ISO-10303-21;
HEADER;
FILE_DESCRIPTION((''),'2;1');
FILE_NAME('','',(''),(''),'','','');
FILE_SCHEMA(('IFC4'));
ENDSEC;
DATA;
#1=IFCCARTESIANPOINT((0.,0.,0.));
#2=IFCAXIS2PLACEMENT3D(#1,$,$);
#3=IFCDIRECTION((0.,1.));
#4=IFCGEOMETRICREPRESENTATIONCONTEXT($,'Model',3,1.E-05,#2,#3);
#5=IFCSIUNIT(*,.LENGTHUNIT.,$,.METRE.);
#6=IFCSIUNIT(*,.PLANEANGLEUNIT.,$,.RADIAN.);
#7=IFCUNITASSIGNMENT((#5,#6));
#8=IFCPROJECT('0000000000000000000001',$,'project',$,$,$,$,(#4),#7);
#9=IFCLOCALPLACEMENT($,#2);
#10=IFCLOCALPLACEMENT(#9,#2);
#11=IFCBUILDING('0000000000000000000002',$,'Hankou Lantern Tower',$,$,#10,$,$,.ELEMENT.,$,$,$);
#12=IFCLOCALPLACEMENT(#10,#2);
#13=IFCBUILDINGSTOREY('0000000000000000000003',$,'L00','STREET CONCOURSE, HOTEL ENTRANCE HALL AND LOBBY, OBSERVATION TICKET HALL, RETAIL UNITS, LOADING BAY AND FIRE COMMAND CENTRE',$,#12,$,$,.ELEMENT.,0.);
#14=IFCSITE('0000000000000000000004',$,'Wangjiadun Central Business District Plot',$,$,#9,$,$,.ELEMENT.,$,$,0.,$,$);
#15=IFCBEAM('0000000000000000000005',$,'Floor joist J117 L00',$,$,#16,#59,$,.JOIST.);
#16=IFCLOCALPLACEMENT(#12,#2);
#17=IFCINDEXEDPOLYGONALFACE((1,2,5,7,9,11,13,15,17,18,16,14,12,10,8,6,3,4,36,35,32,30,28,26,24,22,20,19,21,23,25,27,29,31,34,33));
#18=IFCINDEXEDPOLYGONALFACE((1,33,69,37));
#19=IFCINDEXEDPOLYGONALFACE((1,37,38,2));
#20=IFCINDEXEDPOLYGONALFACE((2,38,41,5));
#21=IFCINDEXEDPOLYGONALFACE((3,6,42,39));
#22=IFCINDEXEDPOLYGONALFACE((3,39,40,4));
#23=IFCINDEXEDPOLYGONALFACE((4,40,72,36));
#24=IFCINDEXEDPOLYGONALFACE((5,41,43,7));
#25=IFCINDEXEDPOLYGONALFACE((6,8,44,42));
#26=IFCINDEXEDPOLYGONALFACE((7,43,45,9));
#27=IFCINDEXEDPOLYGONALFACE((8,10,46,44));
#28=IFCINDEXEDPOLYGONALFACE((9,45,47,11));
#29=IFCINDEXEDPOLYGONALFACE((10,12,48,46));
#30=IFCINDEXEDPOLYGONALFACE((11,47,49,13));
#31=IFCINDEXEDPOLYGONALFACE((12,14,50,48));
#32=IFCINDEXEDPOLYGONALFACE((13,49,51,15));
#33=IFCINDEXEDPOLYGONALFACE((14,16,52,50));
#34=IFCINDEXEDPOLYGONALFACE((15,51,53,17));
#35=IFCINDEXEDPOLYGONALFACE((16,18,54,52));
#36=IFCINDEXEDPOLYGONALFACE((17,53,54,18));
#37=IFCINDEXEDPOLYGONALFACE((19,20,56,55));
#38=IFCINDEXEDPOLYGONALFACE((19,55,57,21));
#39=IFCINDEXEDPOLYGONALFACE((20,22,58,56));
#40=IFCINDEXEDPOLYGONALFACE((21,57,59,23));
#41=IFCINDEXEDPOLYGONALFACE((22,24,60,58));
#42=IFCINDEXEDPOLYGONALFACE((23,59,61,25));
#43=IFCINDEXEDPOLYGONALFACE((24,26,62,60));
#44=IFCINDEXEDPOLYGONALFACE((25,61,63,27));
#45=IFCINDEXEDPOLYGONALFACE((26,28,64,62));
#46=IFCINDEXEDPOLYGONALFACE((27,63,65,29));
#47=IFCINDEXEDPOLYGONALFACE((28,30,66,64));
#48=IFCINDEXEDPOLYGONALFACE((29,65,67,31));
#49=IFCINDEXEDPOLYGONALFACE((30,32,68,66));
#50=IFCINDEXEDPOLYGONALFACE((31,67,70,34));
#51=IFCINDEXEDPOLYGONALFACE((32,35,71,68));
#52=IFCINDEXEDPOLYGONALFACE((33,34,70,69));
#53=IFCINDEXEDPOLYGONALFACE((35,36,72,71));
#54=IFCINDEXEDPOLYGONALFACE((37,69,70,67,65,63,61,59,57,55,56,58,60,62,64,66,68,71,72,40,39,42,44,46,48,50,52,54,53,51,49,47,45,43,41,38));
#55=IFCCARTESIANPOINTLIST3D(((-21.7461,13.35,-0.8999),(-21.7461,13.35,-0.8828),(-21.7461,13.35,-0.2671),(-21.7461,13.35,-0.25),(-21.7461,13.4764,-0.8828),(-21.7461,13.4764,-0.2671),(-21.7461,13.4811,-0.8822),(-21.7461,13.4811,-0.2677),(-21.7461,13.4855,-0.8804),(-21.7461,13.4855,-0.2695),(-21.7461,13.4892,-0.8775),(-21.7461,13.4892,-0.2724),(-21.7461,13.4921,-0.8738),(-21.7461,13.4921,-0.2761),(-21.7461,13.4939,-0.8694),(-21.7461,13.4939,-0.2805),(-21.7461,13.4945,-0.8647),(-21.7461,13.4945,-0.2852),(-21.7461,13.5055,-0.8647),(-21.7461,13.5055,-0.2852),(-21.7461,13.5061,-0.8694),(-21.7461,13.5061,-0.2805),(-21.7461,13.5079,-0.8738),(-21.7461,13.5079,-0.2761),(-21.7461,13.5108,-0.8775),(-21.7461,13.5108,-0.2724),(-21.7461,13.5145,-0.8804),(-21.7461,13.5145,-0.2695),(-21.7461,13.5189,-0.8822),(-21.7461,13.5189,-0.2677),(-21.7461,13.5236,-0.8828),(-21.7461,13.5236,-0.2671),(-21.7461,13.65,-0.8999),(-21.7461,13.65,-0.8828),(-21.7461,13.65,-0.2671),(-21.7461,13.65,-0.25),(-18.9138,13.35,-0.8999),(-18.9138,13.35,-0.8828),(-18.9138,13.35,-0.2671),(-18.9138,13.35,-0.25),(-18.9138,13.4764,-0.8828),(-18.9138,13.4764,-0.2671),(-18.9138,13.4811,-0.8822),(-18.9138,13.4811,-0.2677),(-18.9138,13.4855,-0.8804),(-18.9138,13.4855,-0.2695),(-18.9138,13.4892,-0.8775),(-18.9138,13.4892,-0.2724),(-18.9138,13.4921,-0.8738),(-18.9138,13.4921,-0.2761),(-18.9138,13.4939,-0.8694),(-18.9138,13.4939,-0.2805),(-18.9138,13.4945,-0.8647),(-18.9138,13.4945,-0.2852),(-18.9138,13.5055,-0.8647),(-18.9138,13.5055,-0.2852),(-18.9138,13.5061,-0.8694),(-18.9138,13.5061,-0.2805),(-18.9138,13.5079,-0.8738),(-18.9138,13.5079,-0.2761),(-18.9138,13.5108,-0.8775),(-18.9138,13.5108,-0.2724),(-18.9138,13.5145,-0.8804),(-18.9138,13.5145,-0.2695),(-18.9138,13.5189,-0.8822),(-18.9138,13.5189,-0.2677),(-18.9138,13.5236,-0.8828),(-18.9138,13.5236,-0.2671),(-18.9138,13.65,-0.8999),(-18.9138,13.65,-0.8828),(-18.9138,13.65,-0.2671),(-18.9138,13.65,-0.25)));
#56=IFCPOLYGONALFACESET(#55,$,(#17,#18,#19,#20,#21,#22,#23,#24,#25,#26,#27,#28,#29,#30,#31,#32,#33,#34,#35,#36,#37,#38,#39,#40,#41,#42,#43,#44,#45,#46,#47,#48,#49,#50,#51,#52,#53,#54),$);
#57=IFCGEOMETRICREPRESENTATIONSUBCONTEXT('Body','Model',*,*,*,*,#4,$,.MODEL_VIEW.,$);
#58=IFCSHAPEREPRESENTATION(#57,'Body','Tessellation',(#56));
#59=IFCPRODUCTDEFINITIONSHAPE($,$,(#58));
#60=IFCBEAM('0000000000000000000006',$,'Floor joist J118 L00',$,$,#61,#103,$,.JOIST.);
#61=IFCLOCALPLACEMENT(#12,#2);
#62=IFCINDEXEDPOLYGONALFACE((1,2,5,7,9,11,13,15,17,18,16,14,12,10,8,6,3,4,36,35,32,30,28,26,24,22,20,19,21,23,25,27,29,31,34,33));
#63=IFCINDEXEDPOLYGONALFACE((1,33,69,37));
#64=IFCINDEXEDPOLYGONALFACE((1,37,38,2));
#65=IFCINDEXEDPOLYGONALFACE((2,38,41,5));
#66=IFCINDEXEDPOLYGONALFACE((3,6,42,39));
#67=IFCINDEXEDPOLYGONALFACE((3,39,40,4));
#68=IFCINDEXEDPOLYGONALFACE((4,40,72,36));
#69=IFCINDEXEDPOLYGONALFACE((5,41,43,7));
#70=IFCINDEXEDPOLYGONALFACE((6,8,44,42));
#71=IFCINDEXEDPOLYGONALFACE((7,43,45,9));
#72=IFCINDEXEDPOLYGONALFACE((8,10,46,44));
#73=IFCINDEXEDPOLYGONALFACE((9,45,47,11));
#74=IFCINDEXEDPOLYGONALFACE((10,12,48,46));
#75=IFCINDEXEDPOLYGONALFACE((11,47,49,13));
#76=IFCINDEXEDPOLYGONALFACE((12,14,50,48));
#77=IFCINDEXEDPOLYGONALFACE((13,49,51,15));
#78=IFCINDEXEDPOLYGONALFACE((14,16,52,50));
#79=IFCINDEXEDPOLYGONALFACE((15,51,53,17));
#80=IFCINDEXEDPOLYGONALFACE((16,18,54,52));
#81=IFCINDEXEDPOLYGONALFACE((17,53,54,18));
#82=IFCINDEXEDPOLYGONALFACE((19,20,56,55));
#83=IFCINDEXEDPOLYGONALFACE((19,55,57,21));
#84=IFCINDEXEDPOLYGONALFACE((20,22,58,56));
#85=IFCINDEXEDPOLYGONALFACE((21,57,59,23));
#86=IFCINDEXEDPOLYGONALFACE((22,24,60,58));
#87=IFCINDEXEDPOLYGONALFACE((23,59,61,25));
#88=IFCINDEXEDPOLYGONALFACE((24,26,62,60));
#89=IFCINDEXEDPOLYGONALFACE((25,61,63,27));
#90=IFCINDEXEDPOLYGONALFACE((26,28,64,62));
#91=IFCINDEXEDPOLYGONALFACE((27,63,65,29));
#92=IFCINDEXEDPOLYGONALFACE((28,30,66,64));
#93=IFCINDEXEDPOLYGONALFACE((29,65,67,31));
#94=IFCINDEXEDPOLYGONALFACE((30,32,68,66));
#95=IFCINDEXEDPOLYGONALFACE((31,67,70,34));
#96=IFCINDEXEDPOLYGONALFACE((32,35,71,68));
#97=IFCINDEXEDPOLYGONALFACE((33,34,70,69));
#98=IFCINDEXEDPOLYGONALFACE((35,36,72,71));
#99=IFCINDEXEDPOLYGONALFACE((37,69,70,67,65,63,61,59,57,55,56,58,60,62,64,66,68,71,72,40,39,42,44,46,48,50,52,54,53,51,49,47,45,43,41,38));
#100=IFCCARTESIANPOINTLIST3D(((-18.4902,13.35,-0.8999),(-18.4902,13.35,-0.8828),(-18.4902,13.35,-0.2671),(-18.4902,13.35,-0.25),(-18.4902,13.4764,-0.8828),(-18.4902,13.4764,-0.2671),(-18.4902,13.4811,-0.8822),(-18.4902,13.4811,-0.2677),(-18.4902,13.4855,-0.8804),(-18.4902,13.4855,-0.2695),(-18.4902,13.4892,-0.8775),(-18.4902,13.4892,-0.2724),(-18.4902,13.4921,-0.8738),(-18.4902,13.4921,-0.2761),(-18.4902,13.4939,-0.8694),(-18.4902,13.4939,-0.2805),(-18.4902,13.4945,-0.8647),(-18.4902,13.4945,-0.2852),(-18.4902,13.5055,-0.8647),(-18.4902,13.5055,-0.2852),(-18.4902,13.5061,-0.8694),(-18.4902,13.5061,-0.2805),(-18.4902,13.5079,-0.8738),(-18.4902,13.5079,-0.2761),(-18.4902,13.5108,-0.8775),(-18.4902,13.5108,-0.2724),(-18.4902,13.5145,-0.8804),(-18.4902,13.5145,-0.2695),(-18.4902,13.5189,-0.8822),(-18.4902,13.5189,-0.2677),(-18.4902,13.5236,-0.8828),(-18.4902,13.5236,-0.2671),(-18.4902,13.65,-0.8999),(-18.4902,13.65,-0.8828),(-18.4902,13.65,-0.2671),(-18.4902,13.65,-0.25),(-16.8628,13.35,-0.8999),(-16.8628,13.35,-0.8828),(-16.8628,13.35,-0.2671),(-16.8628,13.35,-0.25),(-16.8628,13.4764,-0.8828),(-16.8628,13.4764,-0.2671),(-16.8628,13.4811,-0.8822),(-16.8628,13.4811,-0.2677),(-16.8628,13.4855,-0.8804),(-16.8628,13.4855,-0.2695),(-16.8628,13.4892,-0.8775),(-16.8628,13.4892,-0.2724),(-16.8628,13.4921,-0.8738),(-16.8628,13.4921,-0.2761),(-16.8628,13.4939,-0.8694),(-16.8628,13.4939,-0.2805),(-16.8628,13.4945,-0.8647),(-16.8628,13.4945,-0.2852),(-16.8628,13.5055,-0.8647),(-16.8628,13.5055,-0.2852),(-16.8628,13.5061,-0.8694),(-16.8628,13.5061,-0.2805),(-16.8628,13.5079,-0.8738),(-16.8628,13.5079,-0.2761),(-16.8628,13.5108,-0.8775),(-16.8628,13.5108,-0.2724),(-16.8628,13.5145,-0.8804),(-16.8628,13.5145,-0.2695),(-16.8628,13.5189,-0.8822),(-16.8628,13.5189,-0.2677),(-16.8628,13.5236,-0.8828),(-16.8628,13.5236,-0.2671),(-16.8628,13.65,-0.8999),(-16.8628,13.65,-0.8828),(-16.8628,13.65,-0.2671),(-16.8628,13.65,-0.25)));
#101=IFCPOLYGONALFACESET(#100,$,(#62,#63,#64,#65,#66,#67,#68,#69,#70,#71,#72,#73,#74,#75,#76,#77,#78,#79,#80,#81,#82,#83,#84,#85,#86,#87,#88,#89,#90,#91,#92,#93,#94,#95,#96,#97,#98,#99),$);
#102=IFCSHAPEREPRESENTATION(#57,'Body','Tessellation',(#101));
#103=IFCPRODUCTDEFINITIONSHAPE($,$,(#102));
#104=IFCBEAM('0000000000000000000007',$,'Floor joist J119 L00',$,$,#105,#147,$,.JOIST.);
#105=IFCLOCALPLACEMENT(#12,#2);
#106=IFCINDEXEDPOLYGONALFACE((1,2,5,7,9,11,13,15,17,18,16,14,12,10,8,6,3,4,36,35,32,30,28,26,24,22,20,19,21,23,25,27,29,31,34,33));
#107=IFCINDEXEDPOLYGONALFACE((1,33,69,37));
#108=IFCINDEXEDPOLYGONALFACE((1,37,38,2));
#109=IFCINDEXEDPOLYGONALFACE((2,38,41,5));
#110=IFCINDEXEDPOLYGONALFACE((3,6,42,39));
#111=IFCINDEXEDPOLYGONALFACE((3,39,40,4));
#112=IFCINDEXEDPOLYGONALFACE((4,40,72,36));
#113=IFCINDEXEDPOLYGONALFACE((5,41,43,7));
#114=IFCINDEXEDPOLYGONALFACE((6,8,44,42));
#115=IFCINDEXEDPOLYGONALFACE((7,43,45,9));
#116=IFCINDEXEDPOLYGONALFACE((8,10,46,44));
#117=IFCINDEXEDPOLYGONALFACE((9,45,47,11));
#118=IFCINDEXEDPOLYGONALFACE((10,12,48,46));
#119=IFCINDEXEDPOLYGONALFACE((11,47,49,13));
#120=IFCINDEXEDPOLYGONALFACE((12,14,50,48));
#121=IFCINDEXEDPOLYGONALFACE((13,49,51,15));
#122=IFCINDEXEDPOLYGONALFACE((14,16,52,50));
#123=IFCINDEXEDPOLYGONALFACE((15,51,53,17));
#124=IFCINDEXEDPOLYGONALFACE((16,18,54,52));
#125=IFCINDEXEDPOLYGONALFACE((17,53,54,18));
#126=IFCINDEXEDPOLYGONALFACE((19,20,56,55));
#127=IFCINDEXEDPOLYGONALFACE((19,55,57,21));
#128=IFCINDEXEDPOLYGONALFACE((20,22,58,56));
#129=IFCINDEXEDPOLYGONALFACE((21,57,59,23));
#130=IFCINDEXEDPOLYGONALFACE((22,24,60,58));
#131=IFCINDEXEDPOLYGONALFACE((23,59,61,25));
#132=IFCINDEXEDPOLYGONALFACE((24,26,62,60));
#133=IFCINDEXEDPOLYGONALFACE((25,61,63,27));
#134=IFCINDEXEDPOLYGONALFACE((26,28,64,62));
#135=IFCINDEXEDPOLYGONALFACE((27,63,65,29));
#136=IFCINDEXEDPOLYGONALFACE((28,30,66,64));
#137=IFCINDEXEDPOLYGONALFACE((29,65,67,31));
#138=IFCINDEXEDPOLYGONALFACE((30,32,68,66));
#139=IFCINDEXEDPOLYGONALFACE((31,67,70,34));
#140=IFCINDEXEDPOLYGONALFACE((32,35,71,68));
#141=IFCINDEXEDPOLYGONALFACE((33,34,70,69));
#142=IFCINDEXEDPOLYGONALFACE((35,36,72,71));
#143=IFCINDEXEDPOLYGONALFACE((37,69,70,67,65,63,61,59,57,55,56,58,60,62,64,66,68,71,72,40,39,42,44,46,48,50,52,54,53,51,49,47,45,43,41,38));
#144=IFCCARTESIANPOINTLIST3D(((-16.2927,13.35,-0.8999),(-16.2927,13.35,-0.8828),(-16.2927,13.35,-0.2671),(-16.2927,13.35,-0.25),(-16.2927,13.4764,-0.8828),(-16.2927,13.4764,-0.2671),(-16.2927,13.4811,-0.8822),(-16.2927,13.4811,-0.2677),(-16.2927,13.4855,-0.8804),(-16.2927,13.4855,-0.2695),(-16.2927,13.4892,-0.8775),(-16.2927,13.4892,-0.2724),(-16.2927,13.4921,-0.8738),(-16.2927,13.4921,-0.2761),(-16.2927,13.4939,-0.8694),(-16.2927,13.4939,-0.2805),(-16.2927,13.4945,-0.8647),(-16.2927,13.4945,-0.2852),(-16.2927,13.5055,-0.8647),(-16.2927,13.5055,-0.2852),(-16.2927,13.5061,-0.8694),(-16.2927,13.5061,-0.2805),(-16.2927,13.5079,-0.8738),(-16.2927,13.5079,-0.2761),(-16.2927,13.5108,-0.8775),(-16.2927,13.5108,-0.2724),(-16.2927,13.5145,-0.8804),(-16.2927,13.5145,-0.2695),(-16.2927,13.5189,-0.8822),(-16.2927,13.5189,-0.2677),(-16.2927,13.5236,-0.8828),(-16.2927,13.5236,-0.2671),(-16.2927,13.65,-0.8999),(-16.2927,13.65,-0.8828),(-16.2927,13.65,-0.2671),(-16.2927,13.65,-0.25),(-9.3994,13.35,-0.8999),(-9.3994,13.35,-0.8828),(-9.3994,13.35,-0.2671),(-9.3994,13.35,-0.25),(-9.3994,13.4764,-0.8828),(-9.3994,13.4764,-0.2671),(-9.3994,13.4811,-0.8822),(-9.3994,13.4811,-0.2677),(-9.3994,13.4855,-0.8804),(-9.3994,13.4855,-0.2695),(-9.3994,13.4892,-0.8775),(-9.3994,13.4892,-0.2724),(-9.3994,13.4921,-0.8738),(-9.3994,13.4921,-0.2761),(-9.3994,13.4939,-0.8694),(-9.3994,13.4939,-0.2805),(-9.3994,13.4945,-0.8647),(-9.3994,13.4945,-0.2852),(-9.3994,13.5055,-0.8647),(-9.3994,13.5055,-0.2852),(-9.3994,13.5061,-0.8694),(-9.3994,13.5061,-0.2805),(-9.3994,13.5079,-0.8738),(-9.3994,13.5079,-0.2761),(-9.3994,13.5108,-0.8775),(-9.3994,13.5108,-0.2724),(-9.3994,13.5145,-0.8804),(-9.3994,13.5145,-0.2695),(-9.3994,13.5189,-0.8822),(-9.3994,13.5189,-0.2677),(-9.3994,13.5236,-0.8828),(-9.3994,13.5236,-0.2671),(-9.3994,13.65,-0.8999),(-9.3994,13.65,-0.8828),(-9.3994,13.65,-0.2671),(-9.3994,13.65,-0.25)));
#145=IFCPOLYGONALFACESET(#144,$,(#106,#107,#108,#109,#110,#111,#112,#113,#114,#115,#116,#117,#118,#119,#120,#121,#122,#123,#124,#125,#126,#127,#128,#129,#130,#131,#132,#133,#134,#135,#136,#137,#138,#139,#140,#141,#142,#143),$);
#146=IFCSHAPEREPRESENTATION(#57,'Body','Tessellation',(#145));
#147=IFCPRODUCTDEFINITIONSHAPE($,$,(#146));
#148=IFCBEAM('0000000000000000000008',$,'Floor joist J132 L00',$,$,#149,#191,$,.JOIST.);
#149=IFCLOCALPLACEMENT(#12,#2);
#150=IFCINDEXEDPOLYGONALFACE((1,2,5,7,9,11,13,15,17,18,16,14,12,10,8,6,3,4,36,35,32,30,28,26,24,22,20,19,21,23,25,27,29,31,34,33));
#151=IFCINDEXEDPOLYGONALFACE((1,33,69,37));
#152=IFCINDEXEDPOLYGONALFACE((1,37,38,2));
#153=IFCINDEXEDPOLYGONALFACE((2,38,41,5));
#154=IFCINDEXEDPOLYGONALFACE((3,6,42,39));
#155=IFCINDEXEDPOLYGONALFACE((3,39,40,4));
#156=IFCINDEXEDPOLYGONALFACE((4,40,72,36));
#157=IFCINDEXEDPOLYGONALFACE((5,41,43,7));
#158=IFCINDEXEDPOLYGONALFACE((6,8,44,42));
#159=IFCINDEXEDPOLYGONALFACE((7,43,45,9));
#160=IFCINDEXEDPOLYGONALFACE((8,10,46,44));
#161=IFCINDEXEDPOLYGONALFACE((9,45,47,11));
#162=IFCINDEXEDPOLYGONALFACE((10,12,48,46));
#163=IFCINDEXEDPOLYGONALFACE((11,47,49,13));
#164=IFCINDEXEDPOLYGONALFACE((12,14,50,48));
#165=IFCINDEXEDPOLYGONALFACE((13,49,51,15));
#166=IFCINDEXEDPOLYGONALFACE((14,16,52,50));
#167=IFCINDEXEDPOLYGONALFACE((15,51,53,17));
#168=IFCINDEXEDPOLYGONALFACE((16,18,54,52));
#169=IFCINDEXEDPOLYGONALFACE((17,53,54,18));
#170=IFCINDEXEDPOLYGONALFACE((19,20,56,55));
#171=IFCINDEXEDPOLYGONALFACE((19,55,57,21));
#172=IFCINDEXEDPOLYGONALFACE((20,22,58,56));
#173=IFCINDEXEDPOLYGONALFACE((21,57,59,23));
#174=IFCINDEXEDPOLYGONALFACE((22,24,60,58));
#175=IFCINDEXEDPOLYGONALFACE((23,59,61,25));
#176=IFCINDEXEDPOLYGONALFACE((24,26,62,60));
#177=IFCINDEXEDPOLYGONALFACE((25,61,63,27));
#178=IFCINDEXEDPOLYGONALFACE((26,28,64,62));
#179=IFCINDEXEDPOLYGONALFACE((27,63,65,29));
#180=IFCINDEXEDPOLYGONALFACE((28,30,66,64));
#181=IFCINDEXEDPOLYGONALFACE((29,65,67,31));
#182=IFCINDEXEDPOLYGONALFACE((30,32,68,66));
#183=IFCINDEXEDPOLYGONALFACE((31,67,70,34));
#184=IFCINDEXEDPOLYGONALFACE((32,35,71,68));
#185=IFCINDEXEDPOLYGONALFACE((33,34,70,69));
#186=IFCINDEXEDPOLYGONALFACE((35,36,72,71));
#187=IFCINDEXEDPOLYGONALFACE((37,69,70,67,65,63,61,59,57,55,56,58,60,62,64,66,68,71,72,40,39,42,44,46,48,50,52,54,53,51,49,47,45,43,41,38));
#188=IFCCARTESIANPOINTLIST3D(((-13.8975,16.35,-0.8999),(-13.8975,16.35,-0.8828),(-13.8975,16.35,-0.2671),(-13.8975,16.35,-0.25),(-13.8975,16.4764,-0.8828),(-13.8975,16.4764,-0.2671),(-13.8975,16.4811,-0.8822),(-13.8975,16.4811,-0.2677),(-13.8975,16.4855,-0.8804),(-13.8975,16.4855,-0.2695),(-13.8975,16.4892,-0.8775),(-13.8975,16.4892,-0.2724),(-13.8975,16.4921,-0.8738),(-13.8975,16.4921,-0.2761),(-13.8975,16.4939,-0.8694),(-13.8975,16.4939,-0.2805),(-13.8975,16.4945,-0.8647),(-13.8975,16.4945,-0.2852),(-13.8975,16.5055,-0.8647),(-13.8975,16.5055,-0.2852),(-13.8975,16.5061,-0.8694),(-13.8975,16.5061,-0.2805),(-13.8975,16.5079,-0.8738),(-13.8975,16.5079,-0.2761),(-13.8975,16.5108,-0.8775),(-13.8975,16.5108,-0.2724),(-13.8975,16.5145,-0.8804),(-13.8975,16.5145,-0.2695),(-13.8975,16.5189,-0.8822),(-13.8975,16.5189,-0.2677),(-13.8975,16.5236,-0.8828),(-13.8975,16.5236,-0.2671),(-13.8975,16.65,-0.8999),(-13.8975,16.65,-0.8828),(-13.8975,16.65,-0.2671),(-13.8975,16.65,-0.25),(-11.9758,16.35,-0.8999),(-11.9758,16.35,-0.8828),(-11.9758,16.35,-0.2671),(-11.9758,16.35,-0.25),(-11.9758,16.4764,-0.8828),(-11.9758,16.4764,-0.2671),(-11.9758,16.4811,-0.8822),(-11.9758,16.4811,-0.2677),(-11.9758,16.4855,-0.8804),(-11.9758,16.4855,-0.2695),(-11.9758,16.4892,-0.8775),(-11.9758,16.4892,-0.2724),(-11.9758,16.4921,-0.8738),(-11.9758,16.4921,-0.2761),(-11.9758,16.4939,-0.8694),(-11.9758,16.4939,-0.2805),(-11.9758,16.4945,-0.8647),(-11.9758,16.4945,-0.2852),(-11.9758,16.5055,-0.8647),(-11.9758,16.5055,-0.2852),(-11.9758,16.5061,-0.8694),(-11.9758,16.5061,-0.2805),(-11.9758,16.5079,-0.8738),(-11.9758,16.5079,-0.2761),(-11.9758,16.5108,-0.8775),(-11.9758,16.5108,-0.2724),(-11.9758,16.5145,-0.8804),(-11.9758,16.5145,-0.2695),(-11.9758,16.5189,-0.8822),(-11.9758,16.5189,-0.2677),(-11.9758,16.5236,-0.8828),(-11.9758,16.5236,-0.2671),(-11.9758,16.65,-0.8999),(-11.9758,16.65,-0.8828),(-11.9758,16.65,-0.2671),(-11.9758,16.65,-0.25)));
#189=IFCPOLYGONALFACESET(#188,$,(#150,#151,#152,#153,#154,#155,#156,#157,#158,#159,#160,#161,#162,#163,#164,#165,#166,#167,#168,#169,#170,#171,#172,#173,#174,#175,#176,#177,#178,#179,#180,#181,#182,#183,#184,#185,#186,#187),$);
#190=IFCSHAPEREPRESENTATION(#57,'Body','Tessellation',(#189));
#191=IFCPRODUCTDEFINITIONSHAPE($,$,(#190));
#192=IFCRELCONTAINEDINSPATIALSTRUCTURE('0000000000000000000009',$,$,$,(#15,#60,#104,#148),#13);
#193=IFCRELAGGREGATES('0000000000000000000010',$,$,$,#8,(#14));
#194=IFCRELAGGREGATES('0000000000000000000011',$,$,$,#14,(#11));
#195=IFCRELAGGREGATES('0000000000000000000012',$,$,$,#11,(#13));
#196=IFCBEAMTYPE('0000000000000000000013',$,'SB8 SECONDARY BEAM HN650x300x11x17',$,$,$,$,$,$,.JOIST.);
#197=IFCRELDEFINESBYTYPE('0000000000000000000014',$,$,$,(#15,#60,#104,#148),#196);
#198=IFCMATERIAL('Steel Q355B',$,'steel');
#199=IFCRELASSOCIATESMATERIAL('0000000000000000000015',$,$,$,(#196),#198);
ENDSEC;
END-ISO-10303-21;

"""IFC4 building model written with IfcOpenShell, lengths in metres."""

from ifc_helpers import new_model, si_unit, direction, frame, origin, origin_2d, place, context, subcontext, project, spatial, i_section, extrude, material, material_profile, profile_set, type_object, element, save


model = new_model("IFC4")

# Units and contexts
model_context = context("Model", 3, precision=1e-05, world=origin(), true_north=direction((0.0, 1.0)))
body_context = subcontext(model_context, "Body", "Model", "MODEL_VIEW")
ifc_project = project(units=[si_unit("LENGTHUNIT", "METRE"), si_unit("PLANEANGLEUNIT", "RADIAN")], contexts=[model_context])

# Site, building, storey
site_placement = place(None, origin())
site = spatial("IfcSite", under=ifc_project, at=site_placement, Name="Wangjiadun Central Business District Plot", CompositionType="ELEMENT", RefElevation=0.0)
building_placement = place(site_placement, origin())
building = spatial("IfcBuilding", under=site, at=building_placement, Name="Hankou Lantern Tower", CompositionType="ELEMENT")
storey_placement = place(building_placement, origin())
storey = spatial("IfcBuildingStorey", under=building, at=storey_placement, Name="L00", Description="STREET CONCOURSE, HOTEL ENTRANCE HALL AND LOBBY, OBSERVATION TICKET HALL, RETAIL UNITS, LOADING BAY AND FIRE COMMAND CENTRE", CompositionType="ELEMENT", Elevation=0.0)

# Beams
ifc_material_1 = material(Name="Steel Q355B", Category="steel")
ifc_material_profile_1 = material_profile(ifc_material_1, i_section(OverallWidth=0.3, OverallDepth=0.6499, WebThickness=0.011, FlangeThickness=0.0171, FilletRadius=0.0181, at=origin_2d()), Name="HN650x300x11x17")
ifc_profile_set_1 = profile_set([ifc_material_profile_1], Name="Steel Q355B")
beam_type_1 = type_object("IfcBeamType", Name="SB8 SECONDARY BEAM HN650x300x11x17", PredefinedType="JOIST", material=ifc_profile_set_1)
beam_1_placement = place(storey_placement, frame((-21.7461, 13.5, -0.575), z_axis=(1.0, 0.0, 0.0), x_axis=(0.0, 1.0, 0.0)))
element("IfcBeam", 1, at=beam_1_placement, inside=storey, type_object=beam_type_1, Name="Floor joist J117 L00", PredefinedType="JOIST", context=body_context, shape_type="SweptSolid", body=[
    extrude(i_section(OverallWidth=0.3, OverallDepth=0.6499, WebThickness=0.011, FlangeThickness=0.0171, FilletRadius=0.0181, at=origin_2d()), origin(), (0.0, 0.0, 1.0), 2.8323),
])
beam_2_placement = place(storey_placement, frame((-18.4902, 13.5, -0.575), z_axis=(1.0, 0.0, 0.0), x_axis=(0.0, 1.0, 0.0)))
element("IfcBeam", 2, at=beam_2_placement, inside=storey, type_object=beam_type_1, Name="Floor joist J118 L00", PredefinedType="JOIST", context=body_context, shape_type="SweptSolid", body=[
    extrude(i_section(OverallWidth=0.3, OverallDepth=0.6499, WebThickness=0.011, FlangeThickness=0.0171, FilletRadius=0.0181, at=origin_2d()), origin(), (0.0, 0.0, 1.0), 1.6274),
])
beam_3_placement = place(storey_placement, frame((-16.2927, 13.5, -0.575), z_axis=(1.0, 0.0, 0.0), x_axis=(0.0, 1.0, 0.0)))
element("IfcBeam", 3, at=beam_3_placement, inside=storey, type_object=beam_type_1, Name="Floor joist J119 L00", PredefinedType="JOIST", context=body_context, shape_type="SweptSolid", body=[
    extrude(i_section(OverallWidth=0.3, OverallDepth=0.6499, WebThickness=0.011, FlangeThickness=0.0171, FilletRadius=0.0181, at=origin_2d()), origin(), (0.0, 0.0, 1.0), 6.8933),
])
beam_4_placement = place(storey_placement, frame((-13.8975, 16.5, -0.575), z_axis=(1.0, 0.0, 0.0), x_axis=(0.0, 1.0, 0.0)))
element("IfcBeam", 4, at=beam_4_placement, inside=storey, type_object=beam_type_1, Name="Floor joist J132 L00", PredefinedType="JOIST", context=body_context, shape_type="SweptSolid", body=[
    extrude(i_section(OverallWidth=0.3, OverallDepth=0.6499, WebThickness=0.011, FlangeThickness=0.0171, FilletRadius=0.0181, at=origin_2d()), origin(), (0.0, 0.0, 1.0), 1.9216),
])

save(model, "model.ifc")
